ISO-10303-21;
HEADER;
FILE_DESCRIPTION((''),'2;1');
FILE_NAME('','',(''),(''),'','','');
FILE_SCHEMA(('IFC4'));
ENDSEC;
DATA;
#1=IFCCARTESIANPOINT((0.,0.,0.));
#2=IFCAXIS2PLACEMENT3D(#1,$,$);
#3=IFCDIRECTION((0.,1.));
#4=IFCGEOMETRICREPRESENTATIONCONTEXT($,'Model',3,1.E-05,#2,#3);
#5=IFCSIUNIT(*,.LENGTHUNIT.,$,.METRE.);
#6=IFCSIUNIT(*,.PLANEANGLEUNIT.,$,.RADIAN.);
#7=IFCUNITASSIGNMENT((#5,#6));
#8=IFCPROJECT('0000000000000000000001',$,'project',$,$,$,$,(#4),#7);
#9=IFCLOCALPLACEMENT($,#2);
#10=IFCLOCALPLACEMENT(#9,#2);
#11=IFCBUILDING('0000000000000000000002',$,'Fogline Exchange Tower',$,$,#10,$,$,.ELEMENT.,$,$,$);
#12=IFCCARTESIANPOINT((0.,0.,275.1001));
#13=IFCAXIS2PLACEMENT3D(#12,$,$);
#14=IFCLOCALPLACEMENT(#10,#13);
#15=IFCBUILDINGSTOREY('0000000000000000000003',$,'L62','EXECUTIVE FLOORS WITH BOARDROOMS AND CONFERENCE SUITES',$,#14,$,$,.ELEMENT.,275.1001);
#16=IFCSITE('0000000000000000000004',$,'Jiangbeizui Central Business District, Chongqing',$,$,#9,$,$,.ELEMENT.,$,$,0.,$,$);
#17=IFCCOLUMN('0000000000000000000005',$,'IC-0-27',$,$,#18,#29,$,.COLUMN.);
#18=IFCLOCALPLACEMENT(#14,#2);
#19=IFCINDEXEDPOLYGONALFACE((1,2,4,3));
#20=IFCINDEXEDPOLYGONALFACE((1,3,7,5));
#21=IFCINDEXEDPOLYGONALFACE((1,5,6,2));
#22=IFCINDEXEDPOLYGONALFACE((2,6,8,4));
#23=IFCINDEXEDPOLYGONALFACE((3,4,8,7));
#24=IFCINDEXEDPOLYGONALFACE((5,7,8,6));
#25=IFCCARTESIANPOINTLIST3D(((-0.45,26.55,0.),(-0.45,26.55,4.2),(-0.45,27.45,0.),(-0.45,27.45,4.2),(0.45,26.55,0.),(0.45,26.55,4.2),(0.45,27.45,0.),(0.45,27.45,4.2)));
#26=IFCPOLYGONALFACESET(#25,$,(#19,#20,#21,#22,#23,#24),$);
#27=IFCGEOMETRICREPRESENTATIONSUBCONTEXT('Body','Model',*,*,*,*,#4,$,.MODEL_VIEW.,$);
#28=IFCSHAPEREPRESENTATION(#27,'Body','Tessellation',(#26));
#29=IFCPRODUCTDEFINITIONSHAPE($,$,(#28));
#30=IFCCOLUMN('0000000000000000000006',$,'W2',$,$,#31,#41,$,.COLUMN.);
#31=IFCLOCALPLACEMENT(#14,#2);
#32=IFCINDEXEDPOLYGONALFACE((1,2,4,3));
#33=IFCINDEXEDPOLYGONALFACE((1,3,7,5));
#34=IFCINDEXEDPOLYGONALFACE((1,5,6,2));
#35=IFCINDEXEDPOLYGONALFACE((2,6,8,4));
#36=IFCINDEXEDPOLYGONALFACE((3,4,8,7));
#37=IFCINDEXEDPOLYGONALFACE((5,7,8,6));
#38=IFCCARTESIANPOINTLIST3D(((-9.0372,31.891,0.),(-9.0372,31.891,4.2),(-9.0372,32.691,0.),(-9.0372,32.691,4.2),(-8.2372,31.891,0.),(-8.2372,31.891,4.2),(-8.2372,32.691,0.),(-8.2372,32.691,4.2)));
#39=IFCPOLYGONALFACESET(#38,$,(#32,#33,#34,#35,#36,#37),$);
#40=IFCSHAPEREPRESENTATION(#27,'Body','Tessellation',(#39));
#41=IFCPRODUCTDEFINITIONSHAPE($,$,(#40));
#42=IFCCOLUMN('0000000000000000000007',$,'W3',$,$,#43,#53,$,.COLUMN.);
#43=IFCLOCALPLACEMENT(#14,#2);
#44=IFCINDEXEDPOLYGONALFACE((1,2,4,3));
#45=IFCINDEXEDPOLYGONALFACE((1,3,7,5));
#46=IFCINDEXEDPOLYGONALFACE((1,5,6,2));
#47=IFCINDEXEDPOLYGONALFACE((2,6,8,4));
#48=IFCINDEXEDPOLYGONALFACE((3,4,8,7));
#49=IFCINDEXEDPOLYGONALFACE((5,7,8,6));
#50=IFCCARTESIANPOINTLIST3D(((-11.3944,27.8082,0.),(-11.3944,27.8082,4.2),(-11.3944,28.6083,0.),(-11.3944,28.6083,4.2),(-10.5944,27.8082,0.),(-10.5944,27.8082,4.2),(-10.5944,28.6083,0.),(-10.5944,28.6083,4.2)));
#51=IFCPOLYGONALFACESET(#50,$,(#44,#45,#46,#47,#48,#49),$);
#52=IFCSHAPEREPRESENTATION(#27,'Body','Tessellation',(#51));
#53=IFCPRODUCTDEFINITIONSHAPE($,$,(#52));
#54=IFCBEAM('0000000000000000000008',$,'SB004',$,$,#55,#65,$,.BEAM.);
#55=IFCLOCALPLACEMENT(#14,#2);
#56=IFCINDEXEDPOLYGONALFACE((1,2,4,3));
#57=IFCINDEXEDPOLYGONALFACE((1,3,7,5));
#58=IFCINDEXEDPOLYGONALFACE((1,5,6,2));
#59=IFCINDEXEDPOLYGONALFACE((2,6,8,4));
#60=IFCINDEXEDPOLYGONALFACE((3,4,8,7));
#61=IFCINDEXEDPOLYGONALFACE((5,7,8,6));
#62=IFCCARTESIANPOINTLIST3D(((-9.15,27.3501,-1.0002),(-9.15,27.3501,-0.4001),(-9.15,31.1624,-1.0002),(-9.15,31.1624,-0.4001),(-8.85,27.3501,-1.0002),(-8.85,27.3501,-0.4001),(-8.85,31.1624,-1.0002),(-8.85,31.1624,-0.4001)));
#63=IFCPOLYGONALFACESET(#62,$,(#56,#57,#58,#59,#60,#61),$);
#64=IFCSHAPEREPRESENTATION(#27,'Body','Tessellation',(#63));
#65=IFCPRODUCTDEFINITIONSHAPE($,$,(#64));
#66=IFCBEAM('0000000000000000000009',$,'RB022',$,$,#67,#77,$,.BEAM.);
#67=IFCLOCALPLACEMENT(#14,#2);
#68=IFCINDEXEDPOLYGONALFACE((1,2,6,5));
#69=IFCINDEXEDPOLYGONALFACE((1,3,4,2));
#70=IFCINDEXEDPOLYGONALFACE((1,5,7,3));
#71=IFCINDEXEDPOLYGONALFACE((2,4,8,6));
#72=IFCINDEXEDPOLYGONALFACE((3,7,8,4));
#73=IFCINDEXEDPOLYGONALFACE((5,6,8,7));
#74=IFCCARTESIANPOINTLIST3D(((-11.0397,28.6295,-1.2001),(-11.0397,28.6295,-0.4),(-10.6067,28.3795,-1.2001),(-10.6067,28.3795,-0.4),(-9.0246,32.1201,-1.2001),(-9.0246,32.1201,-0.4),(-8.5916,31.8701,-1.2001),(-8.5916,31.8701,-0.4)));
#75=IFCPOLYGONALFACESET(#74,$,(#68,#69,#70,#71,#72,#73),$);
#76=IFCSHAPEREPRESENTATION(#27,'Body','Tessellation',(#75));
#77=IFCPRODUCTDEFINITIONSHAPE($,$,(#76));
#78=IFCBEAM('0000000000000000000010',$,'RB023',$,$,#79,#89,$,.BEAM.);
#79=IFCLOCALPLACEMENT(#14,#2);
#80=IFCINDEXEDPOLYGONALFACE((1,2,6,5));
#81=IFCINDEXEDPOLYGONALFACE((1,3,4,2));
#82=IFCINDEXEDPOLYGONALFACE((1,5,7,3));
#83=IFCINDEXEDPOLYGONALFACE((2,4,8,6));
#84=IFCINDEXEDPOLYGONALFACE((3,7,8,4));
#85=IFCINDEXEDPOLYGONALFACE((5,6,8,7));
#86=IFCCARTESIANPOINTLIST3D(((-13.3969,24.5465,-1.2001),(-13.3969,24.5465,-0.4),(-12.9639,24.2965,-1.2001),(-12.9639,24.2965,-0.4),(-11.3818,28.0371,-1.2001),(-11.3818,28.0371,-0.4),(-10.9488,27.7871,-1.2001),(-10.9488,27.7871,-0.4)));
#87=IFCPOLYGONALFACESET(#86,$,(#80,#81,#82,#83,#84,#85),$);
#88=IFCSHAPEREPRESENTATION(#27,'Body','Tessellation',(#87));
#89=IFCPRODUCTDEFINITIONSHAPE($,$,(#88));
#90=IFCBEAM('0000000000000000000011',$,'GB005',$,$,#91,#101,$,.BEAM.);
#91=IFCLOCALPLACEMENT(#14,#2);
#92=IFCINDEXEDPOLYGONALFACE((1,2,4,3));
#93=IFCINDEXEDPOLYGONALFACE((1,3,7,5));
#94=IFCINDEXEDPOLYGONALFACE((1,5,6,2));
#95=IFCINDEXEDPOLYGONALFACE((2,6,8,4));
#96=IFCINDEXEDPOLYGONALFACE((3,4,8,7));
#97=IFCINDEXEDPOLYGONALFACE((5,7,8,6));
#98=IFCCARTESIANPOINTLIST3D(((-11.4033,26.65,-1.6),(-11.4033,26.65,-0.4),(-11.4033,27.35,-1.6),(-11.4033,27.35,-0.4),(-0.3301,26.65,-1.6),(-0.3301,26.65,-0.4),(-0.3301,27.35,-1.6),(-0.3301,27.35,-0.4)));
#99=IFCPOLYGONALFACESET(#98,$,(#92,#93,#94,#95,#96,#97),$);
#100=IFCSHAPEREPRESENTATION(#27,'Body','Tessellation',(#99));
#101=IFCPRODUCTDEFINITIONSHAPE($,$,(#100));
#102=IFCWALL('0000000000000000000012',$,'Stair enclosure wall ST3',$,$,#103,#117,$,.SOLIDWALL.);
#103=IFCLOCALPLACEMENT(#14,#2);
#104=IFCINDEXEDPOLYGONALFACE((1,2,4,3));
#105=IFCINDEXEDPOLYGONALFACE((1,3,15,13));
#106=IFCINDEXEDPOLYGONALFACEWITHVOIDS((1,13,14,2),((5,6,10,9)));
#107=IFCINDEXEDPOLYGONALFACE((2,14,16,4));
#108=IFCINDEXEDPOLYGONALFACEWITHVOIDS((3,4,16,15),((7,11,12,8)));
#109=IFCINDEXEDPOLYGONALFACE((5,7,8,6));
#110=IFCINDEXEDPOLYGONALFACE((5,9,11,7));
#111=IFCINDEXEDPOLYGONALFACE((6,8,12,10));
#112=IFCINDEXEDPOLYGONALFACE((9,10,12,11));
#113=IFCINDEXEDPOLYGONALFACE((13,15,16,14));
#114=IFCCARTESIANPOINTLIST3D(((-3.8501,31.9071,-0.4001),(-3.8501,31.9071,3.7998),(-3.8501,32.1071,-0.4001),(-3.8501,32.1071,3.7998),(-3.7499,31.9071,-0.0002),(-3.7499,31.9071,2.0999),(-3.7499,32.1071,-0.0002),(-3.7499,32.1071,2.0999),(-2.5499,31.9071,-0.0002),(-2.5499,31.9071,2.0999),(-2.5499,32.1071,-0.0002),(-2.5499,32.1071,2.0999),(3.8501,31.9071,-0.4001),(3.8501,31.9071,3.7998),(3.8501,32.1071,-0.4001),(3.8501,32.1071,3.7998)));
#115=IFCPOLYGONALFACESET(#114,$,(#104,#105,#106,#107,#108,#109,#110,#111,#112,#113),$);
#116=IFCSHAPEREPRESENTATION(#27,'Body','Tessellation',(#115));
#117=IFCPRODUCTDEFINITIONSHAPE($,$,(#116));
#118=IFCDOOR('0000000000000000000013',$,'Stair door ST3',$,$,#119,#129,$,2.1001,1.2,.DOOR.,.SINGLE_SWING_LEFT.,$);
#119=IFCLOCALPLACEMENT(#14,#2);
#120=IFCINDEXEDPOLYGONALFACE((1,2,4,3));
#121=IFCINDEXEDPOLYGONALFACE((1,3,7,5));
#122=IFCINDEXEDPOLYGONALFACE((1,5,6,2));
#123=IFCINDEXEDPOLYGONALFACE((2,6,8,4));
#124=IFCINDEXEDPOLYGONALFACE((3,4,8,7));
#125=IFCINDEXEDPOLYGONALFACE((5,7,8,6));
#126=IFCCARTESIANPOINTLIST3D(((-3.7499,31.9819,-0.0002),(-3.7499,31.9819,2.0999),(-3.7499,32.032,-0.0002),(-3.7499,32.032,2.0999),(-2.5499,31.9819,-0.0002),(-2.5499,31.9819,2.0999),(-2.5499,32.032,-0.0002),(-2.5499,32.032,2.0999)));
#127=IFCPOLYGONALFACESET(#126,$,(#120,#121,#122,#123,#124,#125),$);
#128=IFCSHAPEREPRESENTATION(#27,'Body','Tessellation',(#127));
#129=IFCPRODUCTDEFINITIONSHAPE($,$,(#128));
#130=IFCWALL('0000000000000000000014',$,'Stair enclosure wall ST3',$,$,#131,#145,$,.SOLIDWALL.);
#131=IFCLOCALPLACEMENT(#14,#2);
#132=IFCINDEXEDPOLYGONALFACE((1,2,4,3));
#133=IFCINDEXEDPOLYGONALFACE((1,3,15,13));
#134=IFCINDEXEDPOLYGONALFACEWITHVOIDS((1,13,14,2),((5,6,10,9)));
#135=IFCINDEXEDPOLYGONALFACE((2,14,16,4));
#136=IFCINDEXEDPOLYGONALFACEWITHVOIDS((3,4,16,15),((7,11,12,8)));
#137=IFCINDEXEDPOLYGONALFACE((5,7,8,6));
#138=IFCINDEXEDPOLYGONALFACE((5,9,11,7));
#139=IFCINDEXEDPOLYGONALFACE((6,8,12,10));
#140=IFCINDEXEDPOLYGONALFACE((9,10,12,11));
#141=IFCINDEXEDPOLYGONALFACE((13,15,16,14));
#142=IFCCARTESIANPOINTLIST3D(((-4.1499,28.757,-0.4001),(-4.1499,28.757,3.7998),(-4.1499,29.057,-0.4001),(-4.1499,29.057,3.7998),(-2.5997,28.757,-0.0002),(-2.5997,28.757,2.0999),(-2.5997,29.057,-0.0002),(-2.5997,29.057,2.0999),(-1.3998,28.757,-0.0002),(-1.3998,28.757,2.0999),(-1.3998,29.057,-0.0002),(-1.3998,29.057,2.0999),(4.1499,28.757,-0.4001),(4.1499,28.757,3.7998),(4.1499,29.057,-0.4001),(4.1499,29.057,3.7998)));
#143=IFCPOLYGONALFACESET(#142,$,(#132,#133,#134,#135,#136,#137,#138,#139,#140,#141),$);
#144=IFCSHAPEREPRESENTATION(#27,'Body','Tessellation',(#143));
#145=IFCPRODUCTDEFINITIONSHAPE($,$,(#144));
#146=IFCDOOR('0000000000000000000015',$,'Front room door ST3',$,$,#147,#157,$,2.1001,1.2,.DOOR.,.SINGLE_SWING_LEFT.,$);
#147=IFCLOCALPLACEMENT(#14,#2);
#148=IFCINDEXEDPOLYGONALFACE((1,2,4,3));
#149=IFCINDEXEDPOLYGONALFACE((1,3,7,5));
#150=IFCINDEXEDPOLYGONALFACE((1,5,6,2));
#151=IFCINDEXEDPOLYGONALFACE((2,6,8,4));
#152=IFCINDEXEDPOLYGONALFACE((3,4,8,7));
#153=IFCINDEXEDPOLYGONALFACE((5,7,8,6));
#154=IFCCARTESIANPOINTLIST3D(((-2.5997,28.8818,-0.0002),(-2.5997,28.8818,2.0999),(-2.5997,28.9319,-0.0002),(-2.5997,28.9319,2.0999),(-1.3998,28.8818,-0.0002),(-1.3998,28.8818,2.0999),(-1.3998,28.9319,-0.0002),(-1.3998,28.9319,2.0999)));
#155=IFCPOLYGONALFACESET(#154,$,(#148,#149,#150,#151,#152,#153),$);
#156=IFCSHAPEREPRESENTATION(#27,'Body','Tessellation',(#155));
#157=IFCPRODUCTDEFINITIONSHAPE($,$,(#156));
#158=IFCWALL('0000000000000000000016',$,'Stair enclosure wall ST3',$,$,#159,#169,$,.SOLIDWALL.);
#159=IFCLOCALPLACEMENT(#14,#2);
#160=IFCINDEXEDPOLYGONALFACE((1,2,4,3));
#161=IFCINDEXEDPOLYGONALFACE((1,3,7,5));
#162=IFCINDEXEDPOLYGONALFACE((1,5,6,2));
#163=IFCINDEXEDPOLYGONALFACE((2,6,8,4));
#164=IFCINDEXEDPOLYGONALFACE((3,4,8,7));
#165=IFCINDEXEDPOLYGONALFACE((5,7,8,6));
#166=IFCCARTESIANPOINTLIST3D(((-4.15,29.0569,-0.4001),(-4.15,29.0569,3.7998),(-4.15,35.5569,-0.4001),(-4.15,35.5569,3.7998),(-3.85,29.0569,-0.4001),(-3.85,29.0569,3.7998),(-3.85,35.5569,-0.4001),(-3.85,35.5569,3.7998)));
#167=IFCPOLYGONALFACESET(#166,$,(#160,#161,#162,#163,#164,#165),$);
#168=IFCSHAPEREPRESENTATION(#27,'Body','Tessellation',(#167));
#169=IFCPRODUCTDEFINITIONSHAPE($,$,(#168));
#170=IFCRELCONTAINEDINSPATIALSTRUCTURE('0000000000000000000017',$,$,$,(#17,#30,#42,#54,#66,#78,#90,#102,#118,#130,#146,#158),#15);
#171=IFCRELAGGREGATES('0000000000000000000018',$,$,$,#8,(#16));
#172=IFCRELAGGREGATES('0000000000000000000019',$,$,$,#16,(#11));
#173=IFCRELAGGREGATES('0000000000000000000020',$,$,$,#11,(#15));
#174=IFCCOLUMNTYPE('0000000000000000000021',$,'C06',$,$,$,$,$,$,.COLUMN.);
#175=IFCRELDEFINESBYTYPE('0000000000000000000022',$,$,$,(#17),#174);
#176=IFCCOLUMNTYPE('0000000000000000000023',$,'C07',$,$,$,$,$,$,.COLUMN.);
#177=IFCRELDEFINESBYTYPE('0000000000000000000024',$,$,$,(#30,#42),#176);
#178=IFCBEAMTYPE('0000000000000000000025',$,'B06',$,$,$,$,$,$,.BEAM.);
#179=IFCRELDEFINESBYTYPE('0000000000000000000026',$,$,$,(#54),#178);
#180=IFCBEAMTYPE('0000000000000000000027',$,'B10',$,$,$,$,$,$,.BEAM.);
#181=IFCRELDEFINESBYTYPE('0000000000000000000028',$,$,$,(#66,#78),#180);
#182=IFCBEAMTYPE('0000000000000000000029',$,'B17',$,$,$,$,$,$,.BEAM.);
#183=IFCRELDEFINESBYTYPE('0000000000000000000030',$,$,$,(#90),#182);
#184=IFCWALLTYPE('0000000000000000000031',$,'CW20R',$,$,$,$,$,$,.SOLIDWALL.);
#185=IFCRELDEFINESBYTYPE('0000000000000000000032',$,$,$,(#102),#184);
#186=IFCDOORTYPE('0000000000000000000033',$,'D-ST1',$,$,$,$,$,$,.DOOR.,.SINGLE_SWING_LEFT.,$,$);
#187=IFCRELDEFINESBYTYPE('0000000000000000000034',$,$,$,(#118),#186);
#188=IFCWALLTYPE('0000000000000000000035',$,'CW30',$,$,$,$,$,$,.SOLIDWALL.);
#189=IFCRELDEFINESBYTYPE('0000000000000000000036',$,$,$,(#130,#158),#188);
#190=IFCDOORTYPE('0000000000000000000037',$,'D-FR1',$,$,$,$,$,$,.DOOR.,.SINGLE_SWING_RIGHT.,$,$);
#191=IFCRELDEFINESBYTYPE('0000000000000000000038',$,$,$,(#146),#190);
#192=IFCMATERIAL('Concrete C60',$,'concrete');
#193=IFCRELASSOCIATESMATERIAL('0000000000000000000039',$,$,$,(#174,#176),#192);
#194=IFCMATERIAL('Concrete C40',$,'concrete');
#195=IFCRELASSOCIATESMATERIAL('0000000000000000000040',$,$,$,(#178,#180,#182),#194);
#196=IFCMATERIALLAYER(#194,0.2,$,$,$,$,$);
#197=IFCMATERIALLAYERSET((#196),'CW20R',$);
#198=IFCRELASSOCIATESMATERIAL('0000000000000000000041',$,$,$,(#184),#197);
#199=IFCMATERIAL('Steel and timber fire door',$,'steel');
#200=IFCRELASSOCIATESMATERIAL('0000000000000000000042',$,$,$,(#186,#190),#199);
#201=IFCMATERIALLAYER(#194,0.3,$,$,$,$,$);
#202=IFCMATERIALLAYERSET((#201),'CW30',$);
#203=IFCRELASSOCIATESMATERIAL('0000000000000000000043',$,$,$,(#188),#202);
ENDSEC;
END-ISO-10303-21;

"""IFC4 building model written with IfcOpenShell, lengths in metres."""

from ifc_helpers import new_model, si_unit, direction, frame, frame_2d, origin, origin_2d, place, context, subcontext, project, spatial, rectangle, extrude, material, layer, layer_set, material_profile, profile_set, type_object, element, fill, save


model = new_model("IFC4")

# Units and contexts
model_context = context("Model", 3, precision=1e-05, world=origin(), true_north=direction((0.0, 1.0)))
body_context = subcontext(model_context, "Body", "Model", "MODEL_VIEW")
ifc_project = project(units=[si_unit("LENGTHUNIT", "METRE"), si_unit("PLANEANGLEUNIT", "RADIAN")], contexts=[model_context])

# Site, building, storey
site_placement = place(None, origin())
site = spatial("IfcSite", under=ifc_project, at=site_placement, Name="Jiangbeizui Central Business District, Chongqing", CompositionType="ELEMENT", RefElevation=0.0)
building_placement = place(site_placement, origin())
building = spatial("IfcBuilding", under=site, at=building_placement, Name="Fogline Exchange Tower", CompositionType="ELEMENT")
storey_placement = place(building_placement, frame((0.0, 0.0, 275.1001)))
storey = spatial("IfcBuildingStorey", under=building, at=storey_placement, Name="L62", Description="EXECUTIVE FLOORS WITH BOARDROOMS AND CONFERENCE SUITES", CompositionType="ELEMENT", Elevation=275.1001)

# Columns
ifc_material_1 = material(Name="Concrete C60", Category="concrete")
ifc_material_profile_1 = material_profile(ifc_material_1, rectangle(XDim=0.8999, YDim=0.8999, at=origin_2d()), Name="RC 900x900")
ifc_profile_set_1 = profile_set([ifc_material_profile_1], Name="Concrete C60")
column_type_1 = type_object("IfcColumnType", Name="C06", PredefinedType="COLUMN", material=ifc_profile_set_1)
column_placement = place(storey_placement, frame((0.0, 27.0, 0.0), z_axis=(0.0, 0.0, 1.0), x_axis=(1.0, 0.0, 0.0)))
element("IfcColumn", 1, at=column_placement, inside=storey, type_object=column_type_1, Name="IC-0-27", PredefinedType="COLUMN", context=body_context, shape_type="SweptSolid", body=[
    extrude(rectangle(XDim=0.8999, YDim=0.8999, at=origin_2d()), origin(), (0.0, 0.0, 1.0), 4.2),
])
ifc_material_profile_2 = material_profile(ifc_material_1, rectangle(XDim=0.8, YDim=0.8, at=origin_2d()), Name="RC 800x800")
ifc_profile_set_2 = profile_set([ifc_material_profile_2], Name="Concrete C60")
column_type_2 = type_object("IfcColumnType", Name="C07", PredefinedType="COLUMN", material=ifc_profile_set_2)
for number, where, z_axis, x_axis, name in (
    (2, (-8.6372, 32.291, 0.0), (0.0, 0.0, 1.0), (1.0, 0.0, 0.0), "W2"),
    (3, (-10.9944, 28.2083, 0.0), (0.0, 0.0, 1.0), (1.0, 0.0, 0.0), "W3"),
):
    element("IfcColumn", number, at=place(storey_placement, frame(where, z_axis=z_axis, x_axis=x_axis)), inside=storey, type_object=column_type_2, Name=name, PredefinedType="COLUMN", context=body_context, shape_type="SweptSolid", body=[
        extrude(rectangle(XDim=0.8, YDim=0.8, at=origin_2d()), origin(), (0.0, 0.0, 1.0), 4.2),
    ])

# Beams
ifc_material_2 = material(Name="Concrete C40", Category="concrete")
ifc_material_profile_3 = material_profile(ifc_material_2, rectangle(XDim=0.3, YDim=0.6001, at=origin_2d()), Name="RC 300x600")
ifc_profile_set_3 = profile_set([ifc_material_profile_3], Name="Concrete C40")
beam_type_1 = type_object("IfcBeamType", Name="B06", PredefinedType="BEAM", material=ifc_profile_set_3)
beam_1_placement = place(storey_placement, frame((-9.0, 27.3501, -0.7002), z_axis=(0.0, 1.0, 0.0), x_axis=(-1.0, 0.0, 0.0)))
element("IfcBeam", 4, at=beam_1_placement, inside=storey, type_object=beam_type_1, Name="SB004", PredefinedType="BEAM", context=body_context, shape_type="SweptSolid", body=[
    extrude(rectangle(XDim=0.3, YDim=0.6001, at=origin_2d()), origin(), (0.0, 0.0, 1.0), 3.8123),
])
ifc_material_profile_4 = material_profile(ifc_material_2, rectangle(XDim=0.5, YDim=0.8, at=origin_2d()), Name="RC 500x800")
ifc_profile_set_4 = profile_set([ifc_material_profile_4], Name="Concrete C40")
beam_type_2 = type_object("IfcBeamType", Name="B10", PredefinedType="BEAM", material=ifc_profile_set_4)
for number, where, z_axis, x_axis, name in (
    (5, (-8.8081, 31.9951, -0.8), (-0.499957, -0.86605, 0.0), (0.86605, -0.499957, 0.0), "RB022"),
    (6, (-11.1653, 27.9121, -0.8), (-0.499957, -0.86605, 0.0), (0.86605, -0.499957, 0.0), "RB023"),
):
    element("IfcBeam", number, at=place(storey_placement, frame(where, z_axis=z_axis, x_axis=x_axis)), inside=storey, type_object=beam_type_2, Name=name, PredefinedType="BEAM", context=body_context, shape_type="SweptSolid", body=[
        extrude(rectangle(XDim=0.5, YDim=0.8, at=origin_2d()), origin(), (0.0, 0.0, 1.0), 4.0305),
    ])
ifc_material_profile_5 = material_profile(ifc_material_2, rectangle(XDim=0.7, YDim=1.2, at=origin_2d()), Name="RC 700x1200")
ifc_profile_set_5 = profile_set([ifc_material_profile_5], Name="Concrete C40")
beam_type_3 = type_object("IfcBeamType", Name="B17", PredefinedType="BEAM", material=ifc_profile_set_5)
beam_2_placement = place(storey_placement, frame((-11.4033, 27.0, -1.0), z_axis=(1.0, 0.0, 0.0), x_axis=(0.0, 1.0, 0.0)))
element("IfcBeam", 7, at=beam_2_placement, inside=storey, type_object=beam_type_3, Name="GB005", PredefinedType="BEAM", context=body_context, shape_type="SweptSolid", body=[
    extrude(rectangle(XDim=0.7, YDim=1.2, at=origin_2d()), origin(), (0.0, 0.0, 1.0), 11.0732),
])

# Walls, openings, doors
ifc_layer_1 = layer(ifc_material_2, 0.2)
ifc_layer_set_1 = layer_set([ifc_layer_1], Name="CW20R")
wall_type_1 = type_object("IfcWallType", Name="CW20R", PredefinedType="SOLIDWALL", material=ifc_layer_set_1)
wall_1_placement = place(storey_placement, frame((-3.8501, 32.0071, -0.4001), z_axis=(0.0, 0.0, 1.0), x_axis=(1.0, 0.0, 0.0)))
wall_1 = element("IfcWall", 8, at=wall_1_placement, inside=storey, type_object=wall_type_1, Name="Stair enclosure wall ST3", PredefinedType="SOLIDWALL", context=body_context, shape_type="SweptSolid", body=[
    extrude(rectangle(XDim=7.7002, YDim=0.2, at=frame_2d((3.8501, 0.0))), origin(), (0.0, 0.0, 1.0), 4.2),
])
opening_1_placement = place(wall_1_placement, frame((0.1001, 0.0, 0.3999)))
opening_1 = element("IfcOpeningElement", 9, at=opening_1_placement, cuts=wall_1, PredefinedType="OPENING", context=body_context, shape_type="SweptSolid", body=[
    extrude(rectangle(XDim=1.2, YDim=2.1001, at=frame_2d((0.6001, 1.05))), frame((0.0, 0.1099, 0.0), z_axis=(0.0, -1.0, 0.0), x_axis=(1.0, 0.0, 0.0)), (0.0, 0.0, 1.0), 0.22),
])
ifc_material_3 = material(Name="Steel and timber fire door", Category="steel")
door_type_1 = type_object("IfcDoorType", Name="D-ST1", OperationType="SINGLE_SWING_LEFT", PredefinedType="DOOR", material=ifc_material_3)
door_1_placement = place(opening_1_placement, origin())
door_1 = element("IfcDoor", 10, at=door_1_placement, inside=storey, type_object=door_type_1, Name="Stair door ST3", OperationType="SINGLE_SWING_LEFT", OverallHeight=2.1001, OverallWidth=1.2, PredefinedType="DOOR", context=body_context, shape_type="SweptSolid", body=[
    extrude(rectangle(XDim=1.2, YDim=2.1001, at=frame_2d((0.6001, 1.05))), frame((0.0, 0.0249, 0.0), z_axis=(0.0, -1.0, 0.0), x_axis=(1.0, 0.0, 0.0)), (0.0, 0.0, 1.0), 0.05),
])
fill(opening_1, door_1)
ifc_layer_2 = layer(ifc_material_2, 0.3)
ifc_layer_set_2 = layer_set([ifc_layer_2], Name="CW30")
wall_type_2 = type_object("IfcWallType", Name="CW30", PredefinedType="SOLIDWALL", material=ifc_layer_set_2)
wall_2_placement = place(storey_placement, frame((-4.1499, 28.907, -0.4001), z_axis=(0.0, 0.0, 1.0), x_axis=(1.0, 0.0, 0.0)))
wall_2 = element("IfcWall", 11, at=wall_2_placement, inside=storey, type_object=wall_type_2, Name="Stair enclosure wall ST3", PredefinedType="SOLIDWALL", context=body_context, shape_type="SweptSolid", body=[
    extrude(rectangle(XDim=8.2998, YDim=0.3, at=frame_2d((4.1499, 0.0))), origin(), (0.0, 0.0, 1.0), 4.2),
])
opening_2_placement = place(wall_2_placement, frame((1.55, 0.0, 0.3999)))
opening_2 = element("IfcOpeningElement", 12, at=opening_2_placement, cuts=wall_2, PredefinedType="OPENING", context=body_context, shape_type="SweptSolid", body=[
    extrude(rectangle(XDim=1.2, YDim=2.1001, at=frame_2d((0.6001, 1.05))), frame((0.0, 0.1602, 0.0), z_axis=(0.0, -1.0, 0.0), x_axis=(1.0, 0.0, 0.0)), (0.0, 0.0, 1.0), 0.3201),
])
door_type_2 = type_object("IfcDoorType", Name="D-FR1", OperationType="SINGLE_SWING_RIGHT", PredefinedType="DOOR", material=ifc_material_3)
door_2_placement = place(opening_2_placement, origin())
door_2 = element("IfcDoor", 13, at=door_2_placement, inside=storey, type_object=door_type_2, Name="Front room door ST3", OperationType="SINGLE_SWING_LEFT", OverallHeight=2.1001, OverallWidth=1.2, PredefinedType="DOOR", context=body_context, shape_type="SweptSolid", body=[
    extrude(rectangle(XDim=1.2, YDim=2.1001, at=frame_2d((0.6001, 1.05))), frame((0.0, 0.0249, 0.0), z_axis=(0.0, -1.0, 0.0), x_axis=(1.0, 0.0, 0.0)), (0.0, 0.0, 1.0), 0.05),
])
fill(opening_2, door_2)

# Wall
wall_3_placement = place(storey_placement, frame((-4.0, 29.0569, -0.4001), z_axis=(0.0, 0.0, 1.0), x_axis=(0.0, 1.0, 0.0)))
element("IfcWall", 14, at=wall_3_placement, inside=storey, type_object=wall_type_2, Name="Stair enclosure wall ST3", PredefinedType="SOLIDWALL", context=body_context, shape_type="SweptSolid", body=[
    extrude(rectangle(XDim=6.5, YDim=0.3, at=frame_2d((3.25, 0.0))), origin(), (0.0, 0.0, 1.0), 4.2),
])

save(model, "model.ifc")
